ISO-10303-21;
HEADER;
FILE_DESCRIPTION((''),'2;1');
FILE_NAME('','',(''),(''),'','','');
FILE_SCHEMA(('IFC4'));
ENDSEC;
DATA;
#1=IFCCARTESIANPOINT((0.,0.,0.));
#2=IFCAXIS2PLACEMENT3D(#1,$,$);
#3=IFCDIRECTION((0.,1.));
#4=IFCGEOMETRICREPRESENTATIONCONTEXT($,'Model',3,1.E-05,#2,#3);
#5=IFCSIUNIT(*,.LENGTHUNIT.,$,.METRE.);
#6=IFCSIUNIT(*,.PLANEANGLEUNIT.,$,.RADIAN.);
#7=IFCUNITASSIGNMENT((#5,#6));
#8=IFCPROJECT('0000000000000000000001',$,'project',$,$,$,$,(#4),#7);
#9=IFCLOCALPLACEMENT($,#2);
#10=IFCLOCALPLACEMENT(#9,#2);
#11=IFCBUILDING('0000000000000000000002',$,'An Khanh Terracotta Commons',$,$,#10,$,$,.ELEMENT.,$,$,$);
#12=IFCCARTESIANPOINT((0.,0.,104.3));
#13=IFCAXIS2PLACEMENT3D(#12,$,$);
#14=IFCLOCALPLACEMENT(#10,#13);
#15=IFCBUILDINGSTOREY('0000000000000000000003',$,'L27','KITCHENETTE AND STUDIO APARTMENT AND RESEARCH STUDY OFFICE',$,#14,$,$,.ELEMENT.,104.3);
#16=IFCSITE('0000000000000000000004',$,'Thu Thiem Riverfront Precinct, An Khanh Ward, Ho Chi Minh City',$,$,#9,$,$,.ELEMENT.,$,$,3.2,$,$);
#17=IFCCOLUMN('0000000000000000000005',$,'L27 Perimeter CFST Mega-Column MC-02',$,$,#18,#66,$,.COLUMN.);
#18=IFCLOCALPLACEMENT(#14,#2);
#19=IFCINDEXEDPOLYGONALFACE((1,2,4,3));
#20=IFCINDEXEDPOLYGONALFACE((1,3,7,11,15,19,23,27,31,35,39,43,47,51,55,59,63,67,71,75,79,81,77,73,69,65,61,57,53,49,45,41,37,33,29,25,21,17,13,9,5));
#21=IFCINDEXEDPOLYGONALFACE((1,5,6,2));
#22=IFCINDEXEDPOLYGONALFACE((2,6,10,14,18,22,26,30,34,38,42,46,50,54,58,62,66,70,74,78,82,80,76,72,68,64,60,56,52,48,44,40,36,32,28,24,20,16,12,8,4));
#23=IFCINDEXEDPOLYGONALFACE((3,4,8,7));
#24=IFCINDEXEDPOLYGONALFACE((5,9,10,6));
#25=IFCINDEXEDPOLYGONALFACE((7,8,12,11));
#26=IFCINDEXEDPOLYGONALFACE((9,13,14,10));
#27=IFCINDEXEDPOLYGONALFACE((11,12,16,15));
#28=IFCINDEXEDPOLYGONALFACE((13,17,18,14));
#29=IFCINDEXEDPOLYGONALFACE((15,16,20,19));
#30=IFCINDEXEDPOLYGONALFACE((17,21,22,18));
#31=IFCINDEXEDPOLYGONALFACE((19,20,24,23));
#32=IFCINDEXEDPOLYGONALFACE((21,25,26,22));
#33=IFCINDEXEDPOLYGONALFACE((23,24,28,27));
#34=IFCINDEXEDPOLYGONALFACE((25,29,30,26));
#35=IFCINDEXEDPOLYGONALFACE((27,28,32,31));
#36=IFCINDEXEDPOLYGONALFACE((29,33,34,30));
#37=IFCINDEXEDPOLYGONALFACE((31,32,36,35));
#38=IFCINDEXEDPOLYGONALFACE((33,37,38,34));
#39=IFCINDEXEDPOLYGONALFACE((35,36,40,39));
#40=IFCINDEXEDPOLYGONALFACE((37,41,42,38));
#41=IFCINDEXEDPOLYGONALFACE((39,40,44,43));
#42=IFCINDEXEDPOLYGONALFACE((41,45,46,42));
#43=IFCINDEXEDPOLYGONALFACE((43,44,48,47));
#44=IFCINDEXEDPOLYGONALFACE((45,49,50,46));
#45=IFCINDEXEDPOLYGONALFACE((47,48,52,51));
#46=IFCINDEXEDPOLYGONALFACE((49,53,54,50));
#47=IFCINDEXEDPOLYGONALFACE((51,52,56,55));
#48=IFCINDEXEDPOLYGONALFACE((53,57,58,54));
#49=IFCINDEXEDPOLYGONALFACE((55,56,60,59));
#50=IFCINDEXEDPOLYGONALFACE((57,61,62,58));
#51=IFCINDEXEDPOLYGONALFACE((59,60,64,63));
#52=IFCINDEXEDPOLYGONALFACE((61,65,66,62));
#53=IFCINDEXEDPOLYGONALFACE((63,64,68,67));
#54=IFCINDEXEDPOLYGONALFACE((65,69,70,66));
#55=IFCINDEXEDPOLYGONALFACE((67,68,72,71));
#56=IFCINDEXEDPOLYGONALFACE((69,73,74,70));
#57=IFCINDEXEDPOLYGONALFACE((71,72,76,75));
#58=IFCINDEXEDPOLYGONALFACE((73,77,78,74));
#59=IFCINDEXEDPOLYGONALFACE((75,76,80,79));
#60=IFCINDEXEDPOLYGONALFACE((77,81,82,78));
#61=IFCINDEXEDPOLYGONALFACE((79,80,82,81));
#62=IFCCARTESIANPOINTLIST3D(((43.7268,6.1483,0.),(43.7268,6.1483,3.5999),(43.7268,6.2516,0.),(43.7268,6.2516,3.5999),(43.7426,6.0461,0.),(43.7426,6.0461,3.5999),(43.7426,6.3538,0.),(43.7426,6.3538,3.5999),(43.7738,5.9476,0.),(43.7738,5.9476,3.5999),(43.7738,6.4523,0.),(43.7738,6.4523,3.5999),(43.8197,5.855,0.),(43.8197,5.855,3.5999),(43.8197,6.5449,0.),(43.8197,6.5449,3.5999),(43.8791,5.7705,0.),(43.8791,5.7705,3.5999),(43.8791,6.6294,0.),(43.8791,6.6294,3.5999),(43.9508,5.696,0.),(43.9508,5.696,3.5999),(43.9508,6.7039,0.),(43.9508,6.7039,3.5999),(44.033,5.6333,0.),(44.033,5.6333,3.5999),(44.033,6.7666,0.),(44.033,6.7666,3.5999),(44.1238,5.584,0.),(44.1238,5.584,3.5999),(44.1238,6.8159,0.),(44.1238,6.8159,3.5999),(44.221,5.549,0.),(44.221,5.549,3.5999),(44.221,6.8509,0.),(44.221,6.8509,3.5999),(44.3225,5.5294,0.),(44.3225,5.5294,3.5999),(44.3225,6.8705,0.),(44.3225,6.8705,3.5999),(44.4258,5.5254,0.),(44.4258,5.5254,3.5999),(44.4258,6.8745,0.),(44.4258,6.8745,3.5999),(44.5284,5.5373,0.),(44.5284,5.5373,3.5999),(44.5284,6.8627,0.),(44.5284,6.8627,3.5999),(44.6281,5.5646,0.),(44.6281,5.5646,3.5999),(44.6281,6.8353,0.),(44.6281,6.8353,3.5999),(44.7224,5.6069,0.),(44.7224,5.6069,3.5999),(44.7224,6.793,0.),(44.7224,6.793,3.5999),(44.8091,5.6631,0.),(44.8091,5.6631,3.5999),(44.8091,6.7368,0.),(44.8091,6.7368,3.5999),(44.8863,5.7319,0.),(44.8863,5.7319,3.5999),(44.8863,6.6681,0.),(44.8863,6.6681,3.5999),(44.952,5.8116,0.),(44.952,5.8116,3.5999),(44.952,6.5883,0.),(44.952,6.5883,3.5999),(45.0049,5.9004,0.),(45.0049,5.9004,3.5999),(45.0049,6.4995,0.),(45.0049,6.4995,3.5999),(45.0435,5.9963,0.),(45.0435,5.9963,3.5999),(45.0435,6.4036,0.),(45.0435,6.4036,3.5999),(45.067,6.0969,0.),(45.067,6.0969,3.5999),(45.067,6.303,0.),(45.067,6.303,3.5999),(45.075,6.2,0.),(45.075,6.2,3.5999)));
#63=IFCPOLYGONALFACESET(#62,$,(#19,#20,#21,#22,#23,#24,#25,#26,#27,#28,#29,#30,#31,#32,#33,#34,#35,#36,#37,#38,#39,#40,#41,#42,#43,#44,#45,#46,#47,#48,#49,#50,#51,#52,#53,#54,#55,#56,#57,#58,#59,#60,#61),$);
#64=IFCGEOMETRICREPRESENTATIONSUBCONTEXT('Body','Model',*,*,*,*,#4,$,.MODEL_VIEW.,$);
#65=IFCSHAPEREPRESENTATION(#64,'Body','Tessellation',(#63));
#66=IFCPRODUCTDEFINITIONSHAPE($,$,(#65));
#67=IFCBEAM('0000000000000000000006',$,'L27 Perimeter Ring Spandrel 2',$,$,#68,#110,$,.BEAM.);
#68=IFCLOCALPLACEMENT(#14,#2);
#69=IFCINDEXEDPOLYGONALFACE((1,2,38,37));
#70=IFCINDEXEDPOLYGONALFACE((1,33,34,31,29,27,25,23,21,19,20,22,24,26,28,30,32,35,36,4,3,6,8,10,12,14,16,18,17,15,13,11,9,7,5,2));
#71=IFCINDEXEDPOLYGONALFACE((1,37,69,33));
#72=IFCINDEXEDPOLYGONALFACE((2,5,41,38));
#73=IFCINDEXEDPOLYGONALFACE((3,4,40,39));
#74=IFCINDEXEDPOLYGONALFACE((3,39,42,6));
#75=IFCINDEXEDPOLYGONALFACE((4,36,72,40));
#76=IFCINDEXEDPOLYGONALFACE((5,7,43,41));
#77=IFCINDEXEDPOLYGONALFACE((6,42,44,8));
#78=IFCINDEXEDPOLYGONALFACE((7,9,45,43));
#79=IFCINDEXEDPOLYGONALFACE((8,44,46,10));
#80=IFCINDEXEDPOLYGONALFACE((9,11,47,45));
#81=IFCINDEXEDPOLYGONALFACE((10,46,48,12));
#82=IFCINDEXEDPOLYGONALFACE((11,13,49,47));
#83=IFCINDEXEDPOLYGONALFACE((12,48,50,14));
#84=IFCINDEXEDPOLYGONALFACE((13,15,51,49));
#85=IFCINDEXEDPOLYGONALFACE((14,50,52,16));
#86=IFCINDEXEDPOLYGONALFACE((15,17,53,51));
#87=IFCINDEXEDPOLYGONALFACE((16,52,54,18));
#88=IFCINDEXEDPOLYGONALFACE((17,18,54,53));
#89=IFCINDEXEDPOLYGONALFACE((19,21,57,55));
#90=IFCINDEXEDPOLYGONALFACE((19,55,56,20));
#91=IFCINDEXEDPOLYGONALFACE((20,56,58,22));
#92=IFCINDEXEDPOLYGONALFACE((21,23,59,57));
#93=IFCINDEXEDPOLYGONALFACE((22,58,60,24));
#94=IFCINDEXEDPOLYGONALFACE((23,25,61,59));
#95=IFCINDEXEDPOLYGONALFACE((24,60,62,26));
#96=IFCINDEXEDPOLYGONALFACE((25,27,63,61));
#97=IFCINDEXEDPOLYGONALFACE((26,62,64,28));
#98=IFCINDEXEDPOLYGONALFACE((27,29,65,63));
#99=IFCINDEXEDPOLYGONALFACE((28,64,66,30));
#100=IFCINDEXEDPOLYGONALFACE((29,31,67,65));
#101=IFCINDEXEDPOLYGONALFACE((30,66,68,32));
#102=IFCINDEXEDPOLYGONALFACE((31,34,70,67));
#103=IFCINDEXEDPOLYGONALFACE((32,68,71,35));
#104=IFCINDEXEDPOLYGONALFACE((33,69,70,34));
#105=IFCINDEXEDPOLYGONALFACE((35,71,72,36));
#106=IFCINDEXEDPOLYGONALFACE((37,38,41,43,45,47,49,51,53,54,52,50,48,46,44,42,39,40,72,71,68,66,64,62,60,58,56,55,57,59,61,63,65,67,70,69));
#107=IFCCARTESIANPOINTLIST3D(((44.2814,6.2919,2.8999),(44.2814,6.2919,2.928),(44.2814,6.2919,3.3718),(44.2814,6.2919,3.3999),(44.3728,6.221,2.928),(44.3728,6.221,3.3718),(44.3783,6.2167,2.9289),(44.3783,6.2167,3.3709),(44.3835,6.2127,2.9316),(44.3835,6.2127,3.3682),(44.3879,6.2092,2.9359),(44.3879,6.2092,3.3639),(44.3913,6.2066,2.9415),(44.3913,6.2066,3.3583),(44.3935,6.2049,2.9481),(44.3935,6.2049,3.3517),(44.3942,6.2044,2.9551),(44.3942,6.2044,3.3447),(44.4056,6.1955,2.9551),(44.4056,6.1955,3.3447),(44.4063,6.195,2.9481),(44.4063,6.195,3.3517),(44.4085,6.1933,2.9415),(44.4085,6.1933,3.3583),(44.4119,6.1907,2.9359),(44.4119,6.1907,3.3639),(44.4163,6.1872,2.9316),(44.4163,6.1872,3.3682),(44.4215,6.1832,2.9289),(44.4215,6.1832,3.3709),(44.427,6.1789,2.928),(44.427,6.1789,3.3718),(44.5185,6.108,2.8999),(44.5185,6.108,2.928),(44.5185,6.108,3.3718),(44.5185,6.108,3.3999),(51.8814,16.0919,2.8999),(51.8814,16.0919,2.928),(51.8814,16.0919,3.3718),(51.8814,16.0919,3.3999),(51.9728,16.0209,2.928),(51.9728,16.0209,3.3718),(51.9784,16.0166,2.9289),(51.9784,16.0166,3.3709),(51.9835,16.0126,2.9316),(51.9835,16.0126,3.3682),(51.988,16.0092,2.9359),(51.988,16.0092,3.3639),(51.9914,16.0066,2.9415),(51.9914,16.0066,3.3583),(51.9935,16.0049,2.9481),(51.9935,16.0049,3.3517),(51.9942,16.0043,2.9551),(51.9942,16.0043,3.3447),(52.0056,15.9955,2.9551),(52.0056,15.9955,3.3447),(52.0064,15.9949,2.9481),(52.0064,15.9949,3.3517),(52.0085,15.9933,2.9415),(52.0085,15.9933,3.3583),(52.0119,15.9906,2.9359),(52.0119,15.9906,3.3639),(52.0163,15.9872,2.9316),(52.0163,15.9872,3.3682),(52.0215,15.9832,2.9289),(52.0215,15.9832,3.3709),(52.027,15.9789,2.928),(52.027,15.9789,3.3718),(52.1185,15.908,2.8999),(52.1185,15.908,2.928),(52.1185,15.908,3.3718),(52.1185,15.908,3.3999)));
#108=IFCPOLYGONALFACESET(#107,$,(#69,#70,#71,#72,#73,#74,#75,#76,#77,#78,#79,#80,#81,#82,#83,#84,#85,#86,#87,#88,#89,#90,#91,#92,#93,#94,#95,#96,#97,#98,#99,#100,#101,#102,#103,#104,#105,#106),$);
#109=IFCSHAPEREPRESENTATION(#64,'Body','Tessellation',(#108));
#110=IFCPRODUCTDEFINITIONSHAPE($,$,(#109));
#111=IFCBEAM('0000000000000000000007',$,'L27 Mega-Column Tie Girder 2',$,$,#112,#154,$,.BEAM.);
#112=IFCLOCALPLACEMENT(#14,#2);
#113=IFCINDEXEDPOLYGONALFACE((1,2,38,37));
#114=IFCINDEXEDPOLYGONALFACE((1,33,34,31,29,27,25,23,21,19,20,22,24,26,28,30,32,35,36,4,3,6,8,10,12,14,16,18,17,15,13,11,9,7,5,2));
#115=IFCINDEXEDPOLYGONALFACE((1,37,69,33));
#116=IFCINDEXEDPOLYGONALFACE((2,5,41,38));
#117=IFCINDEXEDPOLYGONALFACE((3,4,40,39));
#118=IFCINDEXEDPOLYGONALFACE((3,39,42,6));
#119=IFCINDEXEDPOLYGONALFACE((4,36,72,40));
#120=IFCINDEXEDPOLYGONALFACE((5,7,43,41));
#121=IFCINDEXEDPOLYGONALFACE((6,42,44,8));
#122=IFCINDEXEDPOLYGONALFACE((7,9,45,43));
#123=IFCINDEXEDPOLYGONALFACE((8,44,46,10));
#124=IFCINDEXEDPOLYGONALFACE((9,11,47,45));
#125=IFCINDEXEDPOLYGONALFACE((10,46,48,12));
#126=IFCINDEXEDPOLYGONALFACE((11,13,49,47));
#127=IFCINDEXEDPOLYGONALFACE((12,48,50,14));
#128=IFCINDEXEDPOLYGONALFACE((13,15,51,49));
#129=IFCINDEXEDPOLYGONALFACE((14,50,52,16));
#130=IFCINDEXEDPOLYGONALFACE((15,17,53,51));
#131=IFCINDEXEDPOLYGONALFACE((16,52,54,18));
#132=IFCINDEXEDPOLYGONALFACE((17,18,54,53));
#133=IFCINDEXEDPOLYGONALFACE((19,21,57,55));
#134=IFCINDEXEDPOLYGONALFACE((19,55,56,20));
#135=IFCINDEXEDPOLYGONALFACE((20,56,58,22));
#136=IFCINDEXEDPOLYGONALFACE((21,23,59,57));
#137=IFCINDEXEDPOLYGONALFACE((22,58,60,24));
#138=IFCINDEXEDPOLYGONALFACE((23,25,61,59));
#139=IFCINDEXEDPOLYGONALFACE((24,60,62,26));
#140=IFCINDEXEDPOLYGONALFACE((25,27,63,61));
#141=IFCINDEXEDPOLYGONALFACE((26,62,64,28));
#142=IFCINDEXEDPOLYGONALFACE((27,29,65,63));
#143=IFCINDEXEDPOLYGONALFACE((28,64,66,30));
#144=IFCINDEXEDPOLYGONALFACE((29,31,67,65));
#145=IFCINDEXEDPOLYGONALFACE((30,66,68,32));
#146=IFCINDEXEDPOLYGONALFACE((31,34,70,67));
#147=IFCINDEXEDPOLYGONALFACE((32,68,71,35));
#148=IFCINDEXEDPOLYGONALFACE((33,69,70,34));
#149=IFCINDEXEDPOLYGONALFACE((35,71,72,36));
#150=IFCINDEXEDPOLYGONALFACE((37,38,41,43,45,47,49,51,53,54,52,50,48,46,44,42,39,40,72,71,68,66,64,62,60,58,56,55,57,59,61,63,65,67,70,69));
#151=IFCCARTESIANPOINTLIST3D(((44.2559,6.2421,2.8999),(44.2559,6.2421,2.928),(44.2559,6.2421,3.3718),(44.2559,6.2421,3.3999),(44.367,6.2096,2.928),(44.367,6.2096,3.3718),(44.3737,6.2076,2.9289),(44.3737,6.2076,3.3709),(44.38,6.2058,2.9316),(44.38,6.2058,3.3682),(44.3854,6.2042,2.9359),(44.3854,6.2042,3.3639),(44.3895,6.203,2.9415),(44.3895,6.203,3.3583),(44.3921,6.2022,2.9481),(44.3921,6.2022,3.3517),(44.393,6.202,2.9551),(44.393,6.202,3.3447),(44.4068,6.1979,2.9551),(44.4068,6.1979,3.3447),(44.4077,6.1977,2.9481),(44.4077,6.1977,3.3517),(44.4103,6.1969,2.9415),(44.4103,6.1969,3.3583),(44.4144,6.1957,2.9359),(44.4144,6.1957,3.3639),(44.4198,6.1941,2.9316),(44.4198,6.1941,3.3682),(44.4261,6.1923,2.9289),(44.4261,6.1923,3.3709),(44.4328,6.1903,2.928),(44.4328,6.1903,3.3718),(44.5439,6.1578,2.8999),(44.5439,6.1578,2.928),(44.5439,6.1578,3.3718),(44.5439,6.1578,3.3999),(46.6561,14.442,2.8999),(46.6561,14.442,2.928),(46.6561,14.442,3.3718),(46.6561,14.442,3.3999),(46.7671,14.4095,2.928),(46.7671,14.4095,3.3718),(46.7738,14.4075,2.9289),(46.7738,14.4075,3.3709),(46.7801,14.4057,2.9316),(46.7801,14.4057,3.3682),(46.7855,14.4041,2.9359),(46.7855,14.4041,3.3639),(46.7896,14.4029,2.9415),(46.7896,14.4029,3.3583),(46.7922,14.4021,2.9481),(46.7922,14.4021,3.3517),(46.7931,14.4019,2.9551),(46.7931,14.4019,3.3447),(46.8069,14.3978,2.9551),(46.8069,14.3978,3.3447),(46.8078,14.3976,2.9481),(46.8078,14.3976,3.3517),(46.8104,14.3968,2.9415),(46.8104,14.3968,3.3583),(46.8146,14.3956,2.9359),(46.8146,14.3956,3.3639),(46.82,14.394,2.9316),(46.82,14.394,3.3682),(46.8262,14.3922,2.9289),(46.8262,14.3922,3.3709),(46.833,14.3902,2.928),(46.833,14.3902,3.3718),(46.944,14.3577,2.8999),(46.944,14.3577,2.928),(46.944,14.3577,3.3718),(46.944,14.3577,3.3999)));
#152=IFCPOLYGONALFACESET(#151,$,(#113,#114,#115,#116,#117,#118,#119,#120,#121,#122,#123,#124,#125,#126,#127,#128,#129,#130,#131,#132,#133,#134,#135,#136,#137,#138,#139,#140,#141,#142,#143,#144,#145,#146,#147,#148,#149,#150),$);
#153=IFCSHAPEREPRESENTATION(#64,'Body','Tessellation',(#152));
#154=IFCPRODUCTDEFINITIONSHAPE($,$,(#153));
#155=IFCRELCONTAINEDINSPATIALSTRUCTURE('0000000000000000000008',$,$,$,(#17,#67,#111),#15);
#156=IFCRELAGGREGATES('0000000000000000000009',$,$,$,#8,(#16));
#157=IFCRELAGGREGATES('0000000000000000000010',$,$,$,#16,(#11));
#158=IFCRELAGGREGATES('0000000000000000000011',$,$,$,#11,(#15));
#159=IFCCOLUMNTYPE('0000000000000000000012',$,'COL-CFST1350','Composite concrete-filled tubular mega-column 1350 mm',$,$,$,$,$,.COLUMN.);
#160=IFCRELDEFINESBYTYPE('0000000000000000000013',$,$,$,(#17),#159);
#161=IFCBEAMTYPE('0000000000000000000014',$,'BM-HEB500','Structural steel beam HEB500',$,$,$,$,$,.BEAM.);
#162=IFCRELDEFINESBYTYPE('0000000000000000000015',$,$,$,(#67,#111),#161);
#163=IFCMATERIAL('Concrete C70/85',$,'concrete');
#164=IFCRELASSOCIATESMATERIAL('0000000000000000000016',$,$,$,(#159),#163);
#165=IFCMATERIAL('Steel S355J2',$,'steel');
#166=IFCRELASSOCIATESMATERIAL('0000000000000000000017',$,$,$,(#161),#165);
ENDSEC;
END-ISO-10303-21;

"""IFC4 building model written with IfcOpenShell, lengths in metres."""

from ifc_helpers import new_model, si_unit, direction, frame, origin, origin_2d, place, context, subcontext, project, spatial, circle, i_section, extrude, material, material_profile, profile_set, type_object, element, save


model = new_model("IFC4")

# Units and contexts
model_context = context("Model", 3, precision=1e-05, world=origin(), true_north=direction((0.0, 1.0)))
body_context = subcontext(model_context, "Body", "Model", "MODEL_VIEW")
ifc_project = project(units=[si_unit("LENGTHUNIT", "METRE"), si_unit("PLANEANGLEUNIT", "RADIAN")], contexts=[model_context])

# Site, building, storey
site_placement = place(None, origin())
site = spatial("IfcSite", under=ifc_project, at=site_placement, Name="Thu Thiem Riverfront Precinct, An Khanh Ward, Ho Chi Minh City", CompositionType="ELEMENT", RefElevation=3.2)
building_placement = place(site_placement, origin())
building = spatial("IfcBuilding", under=site, at=building_placement, Name="An Khanh Terracotta Commons", CompositionType="ELEMENT")
storey_placement = place(building_placement, frame((0.0, 0.0, 104.3)))
storey = spatial("IfcBuildingStorey", under=building, at=storey_placement, Name="L27", Description="KITCHENETTE AND STUDIO APARTMENT AND RESEARCH STUDY OFFICE", CompositionType="ELEMENT", Elevation=104.3)

# Column
ifc_material_1 = material(Name="Concrete C70/85", Category="concrete")
ifc_material_profile_1 = material_profile(ifc_material_1, circle(Radius=0.675, at=origin_2d()), Name="CFST1350")
ifc_profile_set_1 = profile_set([ifc_material_profile_1], Name="Concrete C70/85")
column_type = type_object("IfcColumnType", Name="COL-CFST1350", Description="Composite concrete-filled tubular mega-column 1350 mm", PredefinedType="COLUMN", material=ifc_profile_set_1)
column_placement = place(storey_placement, frame((44.3999, 6.2, 0.0), z_axis=(0.0, 0.0, 1.0), x_axis=(1.0, 0.0, 0.0)))
element("IfcColumn", 1, at=column_placement, inside=storey, type_object=column_type, Name="L27 Perimeter CFST Mega-Column MC-02", PredefinedType="COLUMN", context=body_context, shape_type="SweptSolid", body=[
    extrude(circle(Radius=0.675, at=origin_2d()), origin(), (0.0, 0.0, 1.0), 3.5999),
])

# Beams
ifc_material_2 = material(Name="Steel S355J2", Category="steel")
ifc_material_profile_2 = material_profile(ifc_material_2, i_section(OverallWidth=0.3, OverallDepth=0.5, WebThickness=0.0144, FlangeThickness=0.0281, FilletRadius=0.0271, at=origin_2d()), Name="HEB500")
ifc_profile_set_2 = profile_set([ifc_material_profile_2], Name="Steel S355J2")
beam_type = type_object("IfcBeamType", Name="BM-HEB500", Description="Structural steel beam HEB500", PredefinedType="BEAM", material=ifc_profile_set_2)
beam_1_placement = place(storey_placement, frame((44.3999, 6.2, 3.1499), z_axis=(0.612827, 0.790217, 0.0), x_axis=(-0.790217, 0.612827, 0.0)))
element("IfcBeam", 2, at=beam_1_placement, inside=storey, type_object=beam_type, Name="L27 Perimeter Ring Spandrel 2", PredefinedType="BEAM", context=body_context, shape_type="SweptSolid", body=[
    extrude(i_section(OverallWidth=0.3, OverallDepth=0.5, WebThickness=0.0144, FlangeThickness=0.0281, FilletRadius=0.0271, at=origin_2d()), origin(), (0.0, 0.0, 1.0), 12.4016),
])
beam_2_placement = place(storey_placement, frame((44.3999, 6.2, 3.1499), z_axis=(0.280916, 0.959732, 0.0), x_axis=(-0.959732, 0.280916, 0.0)))
element("IfcBeam", 3, at=beam_2_placement, inside=storey, type_object=beam_type, Name="L27 Mega-Column Tie Girder 2", PredefinedType="BEAM", context=body_context, shape_type="SweptSolid", body=[
    extrude(i_section(OverallWidth=0.3, OverallDepth=0.5, WebThickness=0.0144, FlangeThickness=0.0281, FilletRadius=0.0271, at=origin_2d()), origin(), (0.0, 0.0, 1.0), 8.5439),
])

save(model, "model.ifc")
